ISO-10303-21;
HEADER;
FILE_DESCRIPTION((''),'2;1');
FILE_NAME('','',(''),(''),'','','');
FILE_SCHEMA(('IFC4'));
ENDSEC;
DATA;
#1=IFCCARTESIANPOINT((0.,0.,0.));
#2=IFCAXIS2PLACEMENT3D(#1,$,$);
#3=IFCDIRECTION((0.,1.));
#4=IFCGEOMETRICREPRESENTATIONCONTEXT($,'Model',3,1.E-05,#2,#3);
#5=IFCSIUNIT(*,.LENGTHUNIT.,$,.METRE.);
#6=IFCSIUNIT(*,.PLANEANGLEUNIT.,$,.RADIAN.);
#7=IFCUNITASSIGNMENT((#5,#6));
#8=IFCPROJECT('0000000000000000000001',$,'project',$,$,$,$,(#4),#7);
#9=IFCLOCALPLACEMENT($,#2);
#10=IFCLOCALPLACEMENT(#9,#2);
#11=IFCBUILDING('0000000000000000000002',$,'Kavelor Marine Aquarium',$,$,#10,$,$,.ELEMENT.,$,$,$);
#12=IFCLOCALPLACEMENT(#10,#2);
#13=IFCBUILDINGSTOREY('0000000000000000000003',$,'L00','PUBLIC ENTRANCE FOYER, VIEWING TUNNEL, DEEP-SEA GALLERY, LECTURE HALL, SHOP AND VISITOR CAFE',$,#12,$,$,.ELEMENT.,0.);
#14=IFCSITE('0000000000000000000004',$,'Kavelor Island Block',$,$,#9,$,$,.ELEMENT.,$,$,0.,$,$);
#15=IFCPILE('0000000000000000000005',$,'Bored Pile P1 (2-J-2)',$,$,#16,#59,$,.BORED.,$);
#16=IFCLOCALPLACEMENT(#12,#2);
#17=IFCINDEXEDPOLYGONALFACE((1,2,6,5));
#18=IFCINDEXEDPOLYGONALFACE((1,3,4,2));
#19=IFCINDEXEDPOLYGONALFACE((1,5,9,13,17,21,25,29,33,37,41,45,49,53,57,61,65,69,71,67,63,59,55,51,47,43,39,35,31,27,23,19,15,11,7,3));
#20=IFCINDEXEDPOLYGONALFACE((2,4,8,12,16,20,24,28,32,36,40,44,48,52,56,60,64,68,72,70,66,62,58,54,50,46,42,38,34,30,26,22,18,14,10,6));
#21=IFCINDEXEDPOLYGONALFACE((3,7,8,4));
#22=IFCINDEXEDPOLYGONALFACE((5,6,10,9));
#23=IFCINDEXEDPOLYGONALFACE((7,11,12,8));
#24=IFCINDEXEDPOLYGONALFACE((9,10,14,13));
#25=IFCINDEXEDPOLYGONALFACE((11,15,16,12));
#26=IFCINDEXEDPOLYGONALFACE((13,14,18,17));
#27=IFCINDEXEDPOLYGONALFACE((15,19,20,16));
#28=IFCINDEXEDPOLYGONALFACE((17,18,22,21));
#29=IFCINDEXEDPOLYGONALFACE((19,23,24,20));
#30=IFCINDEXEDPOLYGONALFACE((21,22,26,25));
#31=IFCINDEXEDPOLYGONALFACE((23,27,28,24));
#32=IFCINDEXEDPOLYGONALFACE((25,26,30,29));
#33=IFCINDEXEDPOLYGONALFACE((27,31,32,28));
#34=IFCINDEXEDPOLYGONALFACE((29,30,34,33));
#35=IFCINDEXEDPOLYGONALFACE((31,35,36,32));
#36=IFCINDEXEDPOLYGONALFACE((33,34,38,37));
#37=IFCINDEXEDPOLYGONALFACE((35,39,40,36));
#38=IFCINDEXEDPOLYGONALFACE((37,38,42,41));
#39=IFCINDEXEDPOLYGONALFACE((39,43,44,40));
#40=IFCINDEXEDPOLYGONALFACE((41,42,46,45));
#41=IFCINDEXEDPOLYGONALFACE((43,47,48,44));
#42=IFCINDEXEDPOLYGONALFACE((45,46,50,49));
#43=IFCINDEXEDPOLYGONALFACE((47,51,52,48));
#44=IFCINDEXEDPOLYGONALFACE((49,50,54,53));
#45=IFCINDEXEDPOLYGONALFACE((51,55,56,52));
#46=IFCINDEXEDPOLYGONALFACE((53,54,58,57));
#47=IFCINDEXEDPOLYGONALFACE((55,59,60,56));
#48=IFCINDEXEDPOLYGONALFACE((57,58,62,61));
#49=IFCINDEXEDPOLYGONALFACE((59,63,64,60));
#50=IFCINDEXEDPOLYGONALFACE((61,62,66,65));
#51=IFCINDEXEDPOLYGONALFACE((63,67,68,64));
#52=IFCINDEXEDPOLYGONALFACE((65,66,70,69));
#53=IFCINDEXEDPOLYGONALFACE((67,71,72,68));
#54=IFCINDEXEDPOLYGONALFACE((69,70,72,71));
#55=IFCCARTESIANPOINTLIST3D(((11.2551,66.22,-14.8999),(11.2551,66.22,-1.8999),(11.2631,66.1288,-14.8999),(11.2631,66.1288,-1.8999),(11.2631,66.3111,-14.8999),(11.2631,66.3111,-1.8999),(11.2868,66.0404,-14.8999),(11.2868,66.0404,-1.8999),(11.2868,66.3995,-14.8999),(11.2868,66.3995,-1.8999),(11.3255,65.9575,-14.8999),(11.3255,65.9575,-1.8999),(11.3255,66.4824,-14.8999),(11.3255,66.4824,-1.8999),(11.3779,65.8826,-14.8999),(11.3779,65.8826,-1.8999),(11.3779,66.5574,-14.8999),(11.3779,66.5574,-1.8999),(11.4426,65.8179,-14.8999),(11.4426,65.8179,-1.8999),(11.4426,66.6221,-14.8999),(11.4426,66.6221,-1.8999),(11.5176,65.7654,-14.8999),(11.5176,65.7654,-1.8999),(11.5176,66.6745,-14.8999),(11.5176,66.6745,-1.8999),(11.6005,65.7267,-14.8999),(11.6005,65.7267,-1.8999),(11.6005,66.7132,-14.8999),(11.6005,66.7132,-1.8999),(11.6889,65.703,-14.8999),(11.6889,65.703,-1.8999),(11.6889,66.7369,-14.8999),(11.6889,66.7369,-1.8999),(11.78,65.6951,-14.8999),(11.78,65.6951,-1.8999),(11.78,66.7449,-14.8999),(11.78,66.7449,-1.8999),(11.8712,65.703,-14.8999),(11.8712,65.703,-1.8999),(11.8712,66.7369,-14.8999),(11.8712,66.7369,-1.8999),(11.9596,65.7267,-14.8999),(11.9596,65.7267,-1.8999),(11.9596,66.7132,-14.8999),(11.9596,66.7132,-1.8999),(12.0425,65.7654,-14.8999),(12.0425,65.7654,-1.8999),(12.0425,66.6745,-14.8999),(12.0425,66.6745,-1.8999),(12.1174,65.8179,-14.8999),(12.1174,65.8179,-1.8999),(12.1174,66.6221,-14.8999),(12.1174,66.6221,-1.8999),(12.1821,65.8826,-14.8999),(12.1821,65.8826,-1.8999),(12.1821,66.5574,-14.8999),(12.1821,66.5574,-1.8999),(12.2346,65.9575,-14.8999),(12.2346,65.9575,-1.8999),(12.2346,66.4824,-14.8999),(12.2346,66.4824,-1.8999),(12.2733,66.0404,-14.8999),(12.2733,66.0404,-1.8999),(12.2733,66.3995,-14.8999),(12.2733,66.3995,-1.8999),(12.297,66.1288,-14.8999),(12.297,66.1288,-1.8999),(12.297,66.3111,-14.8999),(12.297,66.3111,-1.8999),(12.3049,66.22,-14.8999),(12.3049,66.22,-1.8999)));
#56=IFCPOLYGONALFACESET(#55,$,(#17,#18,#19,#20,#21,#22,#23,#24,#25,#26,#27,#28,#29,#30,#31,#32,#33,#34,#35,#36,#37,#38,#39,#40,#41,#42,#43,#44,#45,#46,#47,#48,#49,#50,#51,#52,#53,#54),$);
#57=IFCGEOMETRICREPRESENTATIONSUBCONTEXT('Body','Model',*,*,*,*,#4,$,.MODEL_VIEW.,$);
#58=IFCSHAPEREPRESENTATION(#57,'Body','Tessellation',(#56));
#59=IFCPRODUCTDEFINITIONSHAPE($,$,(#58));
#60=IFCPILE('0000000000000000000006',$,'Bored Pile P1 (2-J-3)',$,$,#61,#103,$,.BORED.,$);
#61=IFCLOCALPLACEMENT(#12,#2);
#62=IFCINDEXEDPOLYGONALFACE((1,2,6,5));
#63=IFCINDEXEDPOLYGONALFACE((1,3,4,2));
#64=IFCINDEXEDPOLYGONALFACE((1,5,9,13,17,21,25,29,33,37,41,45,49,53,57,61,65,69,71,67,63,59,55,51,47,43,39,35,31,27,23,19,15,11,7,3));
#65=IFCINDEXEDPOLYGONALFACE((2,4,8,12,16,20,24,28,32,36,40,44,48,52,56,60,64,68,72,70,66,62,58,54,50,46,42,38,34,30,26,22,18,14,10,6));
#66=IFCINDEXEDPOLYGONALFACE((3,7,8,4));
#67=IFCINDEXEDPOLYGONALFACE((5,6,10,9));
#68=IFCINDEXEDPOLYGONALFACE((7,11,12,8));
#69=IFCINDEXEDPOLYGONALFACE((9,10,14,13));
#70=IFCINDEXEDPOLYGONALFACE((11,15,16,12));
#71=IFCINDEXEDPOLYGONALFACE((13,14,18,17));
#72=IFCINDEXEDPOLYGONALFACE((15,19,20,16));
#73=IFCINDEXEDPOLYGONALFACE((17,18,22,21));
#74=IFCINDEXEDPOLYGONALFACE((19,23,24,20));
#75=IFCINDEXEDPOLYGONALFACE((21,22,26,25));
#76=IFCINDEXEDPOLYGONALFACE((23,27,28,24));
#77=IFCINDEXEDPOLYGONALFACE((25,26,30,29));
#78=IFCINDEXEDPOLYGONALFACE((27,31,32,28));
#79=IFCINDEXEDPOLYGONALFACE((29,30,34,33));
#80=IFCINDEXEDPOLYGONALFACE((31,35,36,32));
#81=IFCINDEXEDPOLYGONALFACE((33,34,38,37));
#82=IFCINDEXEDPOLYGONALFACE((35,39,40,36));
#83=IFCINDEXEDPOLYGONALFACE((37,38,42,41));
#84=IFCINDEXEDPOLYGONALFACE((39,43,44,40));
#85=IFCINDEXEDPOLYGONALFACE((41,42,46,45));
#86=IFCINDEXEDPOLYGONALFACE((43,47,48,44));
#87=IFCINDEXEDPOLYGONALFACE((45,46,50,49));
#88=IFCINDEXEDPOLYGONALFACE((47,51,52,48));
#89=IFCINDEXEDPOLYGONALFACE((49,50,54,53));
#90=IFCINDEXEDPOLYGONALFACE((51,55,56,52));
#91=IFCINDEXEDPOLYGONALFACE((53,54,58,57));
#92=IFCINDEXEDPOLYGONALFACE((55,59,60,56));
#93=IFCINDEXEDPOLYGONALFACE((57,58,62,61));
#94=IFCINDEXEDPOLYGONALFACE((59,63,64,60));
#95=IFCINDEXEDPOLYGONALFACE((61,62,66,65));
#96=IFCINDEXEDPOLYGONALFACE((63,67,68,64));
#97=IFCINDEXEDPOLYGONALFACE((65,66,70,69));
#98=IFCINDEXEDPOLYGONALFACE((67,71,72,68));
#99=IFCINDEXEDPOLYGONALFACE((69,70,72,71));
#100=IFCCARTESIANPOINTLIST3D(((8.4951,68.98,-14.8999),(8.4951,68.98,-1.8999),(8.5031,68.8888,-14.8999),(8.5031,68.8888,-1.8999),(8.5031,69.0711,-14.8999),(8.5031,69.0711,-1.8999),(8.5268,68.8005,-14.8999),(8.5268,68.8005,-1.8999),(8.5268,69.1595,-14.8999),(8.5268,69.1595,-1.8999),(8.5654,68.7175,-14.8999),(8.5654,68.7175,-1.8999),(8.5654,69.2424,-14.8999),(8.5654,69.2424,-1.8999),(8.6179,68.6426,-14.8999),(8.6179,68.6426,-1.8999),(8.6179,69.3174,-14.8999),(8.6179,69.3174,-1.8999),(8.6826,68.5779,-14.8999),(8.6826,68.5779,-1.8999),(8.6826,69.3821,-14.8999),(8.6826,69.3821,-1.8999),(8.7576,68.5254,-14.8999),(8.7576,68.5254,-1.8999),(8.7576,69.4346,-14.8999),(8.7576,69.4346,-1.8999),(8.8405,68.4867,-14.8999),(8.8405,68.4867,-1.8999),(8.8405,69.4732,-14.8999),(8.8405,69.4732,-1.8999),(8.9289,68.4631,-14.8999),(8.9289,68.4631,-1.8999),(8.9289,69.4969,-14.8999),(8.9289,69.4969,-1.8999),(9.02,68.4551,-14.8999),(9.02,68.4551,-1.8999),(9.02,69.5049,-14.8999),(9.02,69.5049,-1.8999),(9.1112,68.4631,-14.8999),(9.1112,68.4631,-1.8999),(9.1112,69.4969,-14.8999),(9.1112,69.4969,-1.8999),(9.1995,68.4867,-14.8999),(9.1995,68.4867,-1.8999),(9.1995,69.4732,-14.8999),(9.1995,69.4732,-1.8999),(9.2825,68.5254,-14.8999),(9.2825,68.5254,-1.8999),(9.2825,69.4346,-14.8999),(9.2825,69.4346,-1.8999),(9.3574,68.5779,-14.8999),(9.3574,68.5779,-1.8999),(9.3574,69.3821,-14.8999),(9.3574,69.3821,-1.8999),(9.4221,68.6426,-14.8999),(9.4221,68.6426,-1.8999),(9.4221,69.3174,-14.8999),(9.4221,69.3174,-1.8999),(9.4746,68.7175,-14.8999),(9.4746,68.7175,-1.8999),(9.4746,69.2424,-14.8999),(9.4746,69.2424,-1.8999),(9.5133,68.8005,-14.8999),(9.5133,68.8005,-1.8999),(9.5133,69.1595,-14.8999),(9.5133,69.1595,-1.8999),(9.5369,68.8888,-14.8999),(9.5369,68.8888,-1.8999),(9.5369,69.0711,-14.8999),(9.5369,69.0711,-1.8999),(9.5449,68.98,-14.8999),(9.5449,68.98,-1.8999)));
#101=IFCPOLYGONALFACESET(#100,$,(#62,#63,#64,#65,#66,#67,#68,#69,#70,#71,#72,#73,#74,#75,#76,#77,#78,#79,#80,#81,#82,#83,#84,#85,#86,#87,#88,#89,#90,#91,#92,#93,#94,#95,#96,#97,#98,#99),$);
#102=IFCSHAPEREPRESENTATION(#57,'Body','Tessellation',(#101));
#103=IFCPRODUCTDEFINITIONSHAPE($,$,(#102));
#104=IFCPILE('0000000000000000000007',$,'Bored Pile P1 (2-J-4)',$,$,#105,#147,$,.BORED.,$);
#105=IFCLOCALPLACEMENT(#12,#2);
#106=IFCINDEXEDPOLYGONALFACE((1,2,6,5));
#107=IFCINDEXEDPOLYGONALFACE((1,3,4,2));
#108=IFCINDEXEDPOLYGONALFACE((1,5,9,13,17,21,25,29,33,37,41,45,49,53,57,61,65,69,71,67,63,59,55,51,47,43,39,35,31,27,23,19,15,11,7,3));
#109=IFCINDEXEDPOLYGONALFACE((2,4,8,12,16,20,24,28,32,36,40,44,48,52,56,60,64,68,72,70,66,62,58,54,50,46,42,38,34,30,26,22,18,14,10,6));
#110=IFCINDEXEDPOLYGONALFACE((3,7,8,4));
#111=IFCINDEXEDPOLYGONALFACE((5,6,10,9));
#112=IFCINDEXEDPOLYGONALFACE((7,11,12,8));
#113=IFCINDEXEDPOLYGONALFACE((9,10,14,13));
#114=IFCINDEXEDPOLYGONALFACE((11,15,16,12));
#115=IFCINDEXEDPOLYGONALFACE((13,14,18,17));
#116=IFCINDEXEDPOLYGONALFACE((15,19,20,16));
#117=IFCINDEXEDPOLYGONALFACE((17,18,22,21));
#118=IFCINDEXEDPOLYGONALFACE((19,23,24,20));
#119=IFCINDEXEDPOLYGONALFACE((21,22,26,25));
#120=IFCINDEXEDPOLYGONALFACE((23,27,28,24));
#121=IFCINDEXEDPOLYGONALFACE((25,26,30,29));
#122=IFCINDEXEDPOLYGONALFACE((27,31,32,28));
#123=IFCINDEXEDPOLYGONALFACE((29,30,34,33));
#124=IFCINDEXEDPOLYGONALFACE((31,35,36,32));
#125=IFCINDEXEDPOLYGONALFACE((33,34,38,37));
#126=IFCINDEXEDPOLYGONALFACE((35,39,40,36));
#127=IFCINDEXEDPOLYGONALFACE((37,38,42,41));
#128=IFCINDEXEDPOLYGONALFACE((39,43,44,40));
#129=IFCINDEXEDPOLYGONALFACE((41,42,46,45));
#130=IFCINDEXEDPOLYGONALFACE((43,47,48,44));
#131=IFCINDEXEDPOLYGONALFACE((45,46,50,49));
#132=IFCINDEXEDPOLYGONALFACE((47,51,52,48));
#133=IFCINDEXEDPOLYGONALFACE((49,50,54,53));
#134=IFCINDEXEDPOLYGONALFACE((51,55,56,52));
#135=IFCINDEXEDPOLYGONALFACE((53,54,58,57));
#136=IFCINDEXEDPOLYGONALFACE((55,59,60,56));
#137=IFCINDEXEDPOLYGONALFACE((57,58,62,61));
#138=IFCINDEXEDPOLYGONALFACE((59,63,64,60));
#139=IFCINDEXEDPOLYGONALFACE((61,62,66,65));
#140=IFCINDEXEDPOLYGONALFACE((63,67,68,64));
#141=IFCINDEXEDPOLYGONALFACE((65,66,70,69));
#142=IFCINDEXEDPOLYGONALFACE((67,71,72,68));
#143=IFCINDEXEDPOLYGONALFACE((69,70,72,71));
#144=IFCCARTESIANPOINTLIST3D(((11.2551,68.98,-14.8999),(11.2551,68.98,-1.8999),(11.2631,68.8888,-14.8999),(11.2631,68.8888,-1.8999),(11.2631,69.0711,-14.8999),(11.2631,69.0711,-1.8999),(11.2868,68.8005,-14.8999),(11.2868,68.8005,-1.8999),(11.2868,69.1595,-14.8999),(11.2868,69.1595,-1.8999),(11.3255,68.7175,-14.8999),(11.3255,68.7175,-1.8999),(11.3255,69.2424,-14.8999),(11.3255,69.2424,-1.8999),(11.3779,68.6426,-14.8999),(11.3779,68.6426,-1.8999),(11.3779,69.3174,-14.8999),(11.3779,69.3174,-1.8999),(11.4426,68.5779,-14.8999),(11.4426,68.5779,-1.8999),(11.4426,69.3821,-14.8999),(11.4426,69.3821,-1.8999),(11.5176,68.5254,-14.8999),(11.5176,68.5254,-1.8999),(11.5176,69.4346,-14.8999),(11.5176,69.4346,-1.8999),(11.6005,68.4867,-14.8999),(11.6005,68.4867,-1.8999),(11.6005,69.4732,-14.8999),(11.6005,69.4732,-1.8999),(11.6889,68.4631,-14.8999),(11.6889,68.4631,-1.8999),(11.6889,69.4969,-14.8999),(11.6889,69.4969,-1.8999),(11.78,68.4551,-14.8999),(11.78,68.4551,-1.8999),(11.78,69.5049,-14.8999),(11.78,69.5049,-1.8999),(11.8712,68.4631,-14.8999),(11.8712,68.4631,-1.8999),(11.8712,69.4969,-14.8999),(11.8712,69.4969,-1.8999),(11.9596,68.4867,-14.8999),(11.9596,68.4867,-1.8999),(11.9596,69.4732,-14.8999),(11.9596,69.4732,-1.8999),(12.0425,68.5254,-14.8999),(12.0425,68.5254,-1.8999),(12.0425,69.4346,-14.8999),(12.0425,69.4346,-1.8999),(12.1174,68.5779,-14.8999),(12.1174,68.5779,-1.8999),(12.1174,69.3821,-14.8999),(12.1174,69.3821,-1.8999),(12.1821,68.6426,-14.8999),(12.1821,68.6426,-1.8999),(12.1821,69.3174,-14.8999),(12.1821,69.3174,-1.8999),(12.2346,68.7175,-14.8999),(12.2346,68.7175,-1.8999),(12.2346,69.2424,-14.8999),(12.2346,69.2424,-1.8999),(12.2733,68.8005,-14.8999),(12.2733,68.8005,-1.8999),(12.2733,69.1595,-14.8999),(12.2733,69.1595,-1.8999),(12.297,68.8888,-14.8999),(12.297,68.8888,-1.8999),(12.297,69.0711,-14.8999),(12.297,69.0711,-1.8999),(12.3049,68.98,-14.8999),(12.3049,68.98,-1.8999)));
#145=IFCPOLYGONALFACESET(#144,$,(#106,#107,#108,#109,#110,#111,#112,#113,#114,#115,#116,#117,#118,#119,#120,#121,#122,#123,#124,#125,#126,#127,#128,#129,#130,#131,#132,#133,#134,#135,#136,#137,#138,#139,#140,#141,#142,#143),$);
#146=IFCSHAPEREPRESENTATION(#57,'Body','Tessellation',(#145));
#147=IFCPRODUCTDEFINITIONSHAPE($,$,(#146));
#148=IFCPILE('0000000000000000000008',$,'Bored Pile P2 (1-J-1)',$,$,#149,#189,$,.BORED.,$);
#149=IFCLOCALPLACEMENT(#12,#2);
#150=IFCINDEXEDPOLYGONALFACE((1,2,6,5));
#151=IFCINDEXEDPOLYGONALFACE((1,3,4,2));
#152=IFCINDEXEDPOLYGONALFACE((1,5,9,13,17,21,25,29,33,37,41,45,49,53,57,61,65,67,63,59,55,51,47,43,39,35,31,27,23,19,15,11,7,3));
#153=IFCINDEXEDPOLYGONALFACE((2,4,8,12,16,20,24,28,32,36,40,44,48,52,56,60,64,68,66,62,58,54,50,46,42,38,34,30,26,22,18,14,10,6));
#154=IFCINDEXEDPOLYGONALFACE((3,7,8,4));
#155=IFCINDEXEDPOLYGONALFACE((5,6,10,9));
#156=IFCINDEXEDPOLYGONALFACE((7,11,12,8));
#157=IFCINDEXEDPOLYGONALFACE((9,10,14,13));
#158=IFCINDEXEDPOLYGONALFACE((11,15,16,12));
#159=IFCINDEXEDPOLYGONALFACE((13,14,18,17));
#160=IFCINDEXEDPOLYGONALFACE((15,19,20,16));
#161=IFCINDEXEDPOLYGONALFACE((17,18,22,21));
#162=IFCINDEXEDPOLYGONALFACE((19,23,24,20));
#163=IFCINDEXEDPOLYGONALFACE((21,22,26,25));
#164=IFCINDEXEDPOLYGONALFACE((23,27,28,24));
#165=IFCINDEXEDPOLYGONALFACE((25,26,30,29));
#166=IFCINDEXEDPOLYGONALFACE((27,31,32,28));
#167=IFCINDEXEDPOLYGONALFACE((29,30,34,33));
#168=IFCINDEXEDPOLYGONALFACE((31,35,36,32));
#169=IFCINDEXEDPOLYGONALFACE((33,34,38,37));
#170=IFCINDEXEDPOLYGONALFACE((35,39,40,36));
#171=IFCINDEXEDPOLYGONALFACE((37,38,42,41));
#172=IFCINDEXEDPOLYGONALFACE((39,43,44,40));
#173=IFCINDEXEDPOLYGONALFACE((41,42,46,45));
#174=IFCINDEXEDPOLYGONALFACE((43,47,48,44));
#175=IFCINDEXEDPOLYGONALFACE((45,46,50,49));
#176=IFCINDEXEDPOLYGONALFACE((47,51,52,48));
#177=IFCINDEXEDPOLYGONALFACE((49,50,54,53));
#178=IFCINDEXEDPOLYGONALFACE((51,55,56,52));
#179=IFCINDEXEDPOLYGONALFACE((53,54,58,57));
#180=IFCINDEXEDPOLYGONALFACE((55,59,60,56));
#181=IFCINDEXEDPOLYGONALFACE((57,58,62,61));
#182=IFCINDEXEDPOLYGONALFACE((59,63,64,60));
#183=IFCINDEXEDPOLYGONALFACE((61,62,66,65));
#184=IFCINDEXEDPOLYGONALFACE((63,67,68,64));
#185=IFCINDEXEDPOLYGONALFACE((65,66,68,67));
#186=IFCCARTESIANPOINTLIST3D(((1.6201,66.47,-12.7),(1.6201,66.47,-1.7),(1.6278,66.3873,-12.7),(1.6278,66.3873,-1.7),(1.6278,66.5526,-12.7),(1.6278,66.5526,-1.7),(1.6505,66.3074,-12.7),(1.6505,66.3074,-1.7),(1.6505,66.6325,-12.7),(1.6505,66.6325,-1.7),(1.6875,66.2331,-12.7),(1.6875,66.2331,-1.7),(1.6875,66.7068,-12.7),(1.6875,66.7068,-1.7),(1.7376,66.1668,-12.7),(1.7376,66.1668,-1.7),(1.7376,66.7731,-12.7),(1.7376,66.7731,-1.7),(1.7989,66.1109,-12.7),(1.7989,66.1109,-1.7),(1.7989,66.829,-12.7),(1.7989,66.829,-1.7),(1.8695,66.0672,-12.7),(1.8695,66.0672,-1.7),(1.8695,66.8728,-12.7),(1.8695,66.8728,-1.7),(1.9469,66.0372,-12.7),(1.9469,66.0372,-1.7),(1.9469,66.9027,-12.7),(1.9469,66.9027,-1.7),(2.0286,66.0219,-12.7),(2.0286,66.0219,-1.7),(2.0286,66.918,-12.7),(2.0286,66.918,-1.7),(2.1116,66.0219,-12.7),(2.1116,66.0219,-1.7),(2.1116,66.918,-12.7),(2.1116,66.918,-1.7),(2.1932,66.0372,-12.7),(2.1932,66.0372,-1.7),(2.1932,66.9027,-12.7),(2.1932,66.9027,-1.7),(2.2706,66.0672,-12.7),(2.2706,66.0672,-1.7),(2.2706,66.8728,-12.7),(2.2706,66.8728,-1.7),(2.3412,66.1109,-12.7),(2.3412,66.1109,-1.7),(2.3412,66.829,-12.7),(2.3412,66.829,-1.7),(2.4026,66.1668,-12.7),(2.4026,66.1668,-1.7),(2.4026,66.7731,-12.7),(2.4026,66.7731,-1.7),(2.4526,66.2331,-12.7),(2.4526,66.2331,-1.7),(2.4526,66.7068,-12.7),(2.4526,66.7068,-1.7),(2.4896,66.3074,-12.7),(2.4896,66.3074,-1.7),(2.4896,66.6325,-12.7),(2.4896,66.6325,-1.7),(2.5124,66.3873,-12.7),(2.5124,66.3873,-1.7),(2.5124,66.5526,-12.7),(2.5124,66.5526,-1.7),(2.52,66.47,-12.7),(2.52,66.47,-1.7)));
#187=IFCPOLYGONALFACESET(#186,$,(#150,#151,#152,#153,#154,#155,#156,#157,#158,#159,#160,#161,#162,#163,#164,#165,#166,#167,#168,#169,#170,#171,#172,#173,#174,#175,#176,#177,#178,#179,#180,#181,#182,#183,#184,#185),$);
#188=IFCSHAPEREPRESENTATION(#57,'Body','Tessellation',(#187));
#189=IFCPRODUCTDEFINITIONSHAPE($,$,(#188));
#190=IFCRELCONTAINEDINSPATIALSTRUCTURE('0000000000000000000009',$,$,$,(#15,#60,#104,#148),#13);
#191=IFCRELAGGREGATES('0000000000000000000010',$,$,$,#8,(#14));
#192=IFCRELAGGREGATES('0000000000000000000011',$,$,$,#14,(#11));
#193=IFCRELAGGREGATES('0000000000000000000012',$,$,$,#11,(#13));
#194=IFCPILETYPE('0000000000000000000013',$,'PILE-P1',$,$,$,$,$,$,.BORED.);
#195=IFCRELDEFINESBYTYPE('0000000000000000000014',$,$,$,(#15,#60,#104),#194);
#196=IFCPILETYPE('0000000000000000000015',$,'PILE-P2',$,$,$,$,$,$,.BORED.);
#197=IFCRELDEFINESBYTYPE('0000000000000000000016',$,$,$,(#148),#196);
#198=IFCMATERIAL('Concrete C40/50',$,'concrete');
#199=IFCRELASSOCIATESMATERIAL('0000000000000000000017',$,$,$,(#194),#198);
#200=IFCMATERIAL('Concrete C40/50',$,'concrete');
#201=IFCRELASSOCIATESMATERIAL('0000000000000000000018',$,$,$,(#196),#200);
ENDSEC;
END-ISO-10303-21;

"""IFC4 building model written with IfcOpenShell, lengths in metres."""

from ifc_helpers import new_model, si_unit, direction, frame, origin, origin_2d, place, context, subcontext, project, spatial, circle, extrude, material, material_profile, profile_set, type_object, element, save


model = new_model("IFC4")

# Units and contexts
model_context = context("Model", 3, precision=1e-05, world=origin(), true_north=direction((0.0, 1.0)))
body_context = subcontext(model_context, "Body", "Model", "MODEL_VIEW")
ifc_project = project(units=[si_unit("LENGTHUNIT", "METRE"), si_unit("PLANEANGLEUNIT", "RADIAN")], contexts=[model_context])

# Site, building, storey
site_placement = place(None, origin())
site = spatial("IfcSite", under=ifc_project, at=site_placement, Name="Kavelor Island Block", CompositionType="ELEMENT", RefElevation=0.0)
building_placement = place(site_placement, origin())
building = spatial("IfcBuilding", under=site, at=building_placement, Name="Kavelor Marine Aquarium", CompositionType="ELEMENT")
storey_placement = place(building_placement, origin())
storey = spatial("IfcBuildingStorey", under=building, at=storey_placement, Name="L00", Description="PUBLIC ENTRANCE FOYER, VIEWING TUNNEL, DEEP-SEA GALLERY, LECTURE HALL, SHOP AND VISITOR CAFE", CompositionType="ELEMENT", Elevation=0.0)

# Piles
ifc_material_1 = material(Name="Concrete C40/50", Category="concrete")
ifc_material_profile_1 = material_profile(ifc_material_1, circle(Radius=0.5249, at=origin_2d()), Name="PILE D1050")
ifc_profile_set_1 = profile_set([ifc_material_profile_1], Name="Concrete C40/50")
pile_type_1 = type_object("IfcPileType", Name="PILE-P1", PredefinedType="BORED", material=ifc_profile_set_1)
for number, where, z_axis, x_axis, name in (
    (1, (11.78, 66.22, -1.8999), (0.0, 0.0, -1.0), (1.0, 0.0, 0.0), "Bored Pile P1 (2-J-2)"),
    (2, (9.02, 68.98, -1.8999), (0.0, 0.0, -1.0), (1.0, 0.0, 0.0), "Bored Pile P1 (2-J-3)"),
    (3, (11.78, 68.98, -1.8999), (0.0, 0.0, -1.0), (1.0, 0.0, 0.0), "Bored Pile P1 (2-J-4)"),
):
    element("IfcPile", number, at=place(storey_placement, frame(where, z_axis=z_axis, x_axis=x_axis)), inside=storey, type_object=pile_type_1, Name=name, PredefinedType="BORED", context=body_context, shape_type="SweptSolid", body=[
        extrude(circle(Radius=0.5249, at=origin_2d()), origin(), (0.0, 0.0, 1.0), 13.0),
    ])
ifc_material_2 = material(Name="Concrete C40/50", Category="concrete")
ifc_material_profile_2 = material_profile(ifc_material_2, circle(Radius=0.45, at=origin_2d()), Name="PILE D900")
ifc_profile_set_2 = profile_set([ifc_material_profile_2], Name="Concrete C40/50")
pile_type_2 = type_object("IfcPileType", Name="PILE-P2", PredefinedType="BORED", material=ifc_profile_set_2)
for number, where, z_axis, x_axis, name in (
    (4, (2.0701, 66.47, -1.7), (0.0, 0.0, -1.0), (1.0, 0.0, 0.0), "Bored Pile P2 (1-J-1)"),
):
    element("IfcPile", number, at=place(storey_placement, frame(where, z_axis=z_axis, x_axis=x_axis)), inside=storey, type_object=pile_type_2, Name=name, PredefinedType="BORED", context=body_context, shape_type="SweptSolid", body=[
        extrude(circle(Radius=0.45, at=origin_2d()), origin(), (0.0, 0.0, 1.0), 11.0),
    ])

save(model, "model.ifc")
